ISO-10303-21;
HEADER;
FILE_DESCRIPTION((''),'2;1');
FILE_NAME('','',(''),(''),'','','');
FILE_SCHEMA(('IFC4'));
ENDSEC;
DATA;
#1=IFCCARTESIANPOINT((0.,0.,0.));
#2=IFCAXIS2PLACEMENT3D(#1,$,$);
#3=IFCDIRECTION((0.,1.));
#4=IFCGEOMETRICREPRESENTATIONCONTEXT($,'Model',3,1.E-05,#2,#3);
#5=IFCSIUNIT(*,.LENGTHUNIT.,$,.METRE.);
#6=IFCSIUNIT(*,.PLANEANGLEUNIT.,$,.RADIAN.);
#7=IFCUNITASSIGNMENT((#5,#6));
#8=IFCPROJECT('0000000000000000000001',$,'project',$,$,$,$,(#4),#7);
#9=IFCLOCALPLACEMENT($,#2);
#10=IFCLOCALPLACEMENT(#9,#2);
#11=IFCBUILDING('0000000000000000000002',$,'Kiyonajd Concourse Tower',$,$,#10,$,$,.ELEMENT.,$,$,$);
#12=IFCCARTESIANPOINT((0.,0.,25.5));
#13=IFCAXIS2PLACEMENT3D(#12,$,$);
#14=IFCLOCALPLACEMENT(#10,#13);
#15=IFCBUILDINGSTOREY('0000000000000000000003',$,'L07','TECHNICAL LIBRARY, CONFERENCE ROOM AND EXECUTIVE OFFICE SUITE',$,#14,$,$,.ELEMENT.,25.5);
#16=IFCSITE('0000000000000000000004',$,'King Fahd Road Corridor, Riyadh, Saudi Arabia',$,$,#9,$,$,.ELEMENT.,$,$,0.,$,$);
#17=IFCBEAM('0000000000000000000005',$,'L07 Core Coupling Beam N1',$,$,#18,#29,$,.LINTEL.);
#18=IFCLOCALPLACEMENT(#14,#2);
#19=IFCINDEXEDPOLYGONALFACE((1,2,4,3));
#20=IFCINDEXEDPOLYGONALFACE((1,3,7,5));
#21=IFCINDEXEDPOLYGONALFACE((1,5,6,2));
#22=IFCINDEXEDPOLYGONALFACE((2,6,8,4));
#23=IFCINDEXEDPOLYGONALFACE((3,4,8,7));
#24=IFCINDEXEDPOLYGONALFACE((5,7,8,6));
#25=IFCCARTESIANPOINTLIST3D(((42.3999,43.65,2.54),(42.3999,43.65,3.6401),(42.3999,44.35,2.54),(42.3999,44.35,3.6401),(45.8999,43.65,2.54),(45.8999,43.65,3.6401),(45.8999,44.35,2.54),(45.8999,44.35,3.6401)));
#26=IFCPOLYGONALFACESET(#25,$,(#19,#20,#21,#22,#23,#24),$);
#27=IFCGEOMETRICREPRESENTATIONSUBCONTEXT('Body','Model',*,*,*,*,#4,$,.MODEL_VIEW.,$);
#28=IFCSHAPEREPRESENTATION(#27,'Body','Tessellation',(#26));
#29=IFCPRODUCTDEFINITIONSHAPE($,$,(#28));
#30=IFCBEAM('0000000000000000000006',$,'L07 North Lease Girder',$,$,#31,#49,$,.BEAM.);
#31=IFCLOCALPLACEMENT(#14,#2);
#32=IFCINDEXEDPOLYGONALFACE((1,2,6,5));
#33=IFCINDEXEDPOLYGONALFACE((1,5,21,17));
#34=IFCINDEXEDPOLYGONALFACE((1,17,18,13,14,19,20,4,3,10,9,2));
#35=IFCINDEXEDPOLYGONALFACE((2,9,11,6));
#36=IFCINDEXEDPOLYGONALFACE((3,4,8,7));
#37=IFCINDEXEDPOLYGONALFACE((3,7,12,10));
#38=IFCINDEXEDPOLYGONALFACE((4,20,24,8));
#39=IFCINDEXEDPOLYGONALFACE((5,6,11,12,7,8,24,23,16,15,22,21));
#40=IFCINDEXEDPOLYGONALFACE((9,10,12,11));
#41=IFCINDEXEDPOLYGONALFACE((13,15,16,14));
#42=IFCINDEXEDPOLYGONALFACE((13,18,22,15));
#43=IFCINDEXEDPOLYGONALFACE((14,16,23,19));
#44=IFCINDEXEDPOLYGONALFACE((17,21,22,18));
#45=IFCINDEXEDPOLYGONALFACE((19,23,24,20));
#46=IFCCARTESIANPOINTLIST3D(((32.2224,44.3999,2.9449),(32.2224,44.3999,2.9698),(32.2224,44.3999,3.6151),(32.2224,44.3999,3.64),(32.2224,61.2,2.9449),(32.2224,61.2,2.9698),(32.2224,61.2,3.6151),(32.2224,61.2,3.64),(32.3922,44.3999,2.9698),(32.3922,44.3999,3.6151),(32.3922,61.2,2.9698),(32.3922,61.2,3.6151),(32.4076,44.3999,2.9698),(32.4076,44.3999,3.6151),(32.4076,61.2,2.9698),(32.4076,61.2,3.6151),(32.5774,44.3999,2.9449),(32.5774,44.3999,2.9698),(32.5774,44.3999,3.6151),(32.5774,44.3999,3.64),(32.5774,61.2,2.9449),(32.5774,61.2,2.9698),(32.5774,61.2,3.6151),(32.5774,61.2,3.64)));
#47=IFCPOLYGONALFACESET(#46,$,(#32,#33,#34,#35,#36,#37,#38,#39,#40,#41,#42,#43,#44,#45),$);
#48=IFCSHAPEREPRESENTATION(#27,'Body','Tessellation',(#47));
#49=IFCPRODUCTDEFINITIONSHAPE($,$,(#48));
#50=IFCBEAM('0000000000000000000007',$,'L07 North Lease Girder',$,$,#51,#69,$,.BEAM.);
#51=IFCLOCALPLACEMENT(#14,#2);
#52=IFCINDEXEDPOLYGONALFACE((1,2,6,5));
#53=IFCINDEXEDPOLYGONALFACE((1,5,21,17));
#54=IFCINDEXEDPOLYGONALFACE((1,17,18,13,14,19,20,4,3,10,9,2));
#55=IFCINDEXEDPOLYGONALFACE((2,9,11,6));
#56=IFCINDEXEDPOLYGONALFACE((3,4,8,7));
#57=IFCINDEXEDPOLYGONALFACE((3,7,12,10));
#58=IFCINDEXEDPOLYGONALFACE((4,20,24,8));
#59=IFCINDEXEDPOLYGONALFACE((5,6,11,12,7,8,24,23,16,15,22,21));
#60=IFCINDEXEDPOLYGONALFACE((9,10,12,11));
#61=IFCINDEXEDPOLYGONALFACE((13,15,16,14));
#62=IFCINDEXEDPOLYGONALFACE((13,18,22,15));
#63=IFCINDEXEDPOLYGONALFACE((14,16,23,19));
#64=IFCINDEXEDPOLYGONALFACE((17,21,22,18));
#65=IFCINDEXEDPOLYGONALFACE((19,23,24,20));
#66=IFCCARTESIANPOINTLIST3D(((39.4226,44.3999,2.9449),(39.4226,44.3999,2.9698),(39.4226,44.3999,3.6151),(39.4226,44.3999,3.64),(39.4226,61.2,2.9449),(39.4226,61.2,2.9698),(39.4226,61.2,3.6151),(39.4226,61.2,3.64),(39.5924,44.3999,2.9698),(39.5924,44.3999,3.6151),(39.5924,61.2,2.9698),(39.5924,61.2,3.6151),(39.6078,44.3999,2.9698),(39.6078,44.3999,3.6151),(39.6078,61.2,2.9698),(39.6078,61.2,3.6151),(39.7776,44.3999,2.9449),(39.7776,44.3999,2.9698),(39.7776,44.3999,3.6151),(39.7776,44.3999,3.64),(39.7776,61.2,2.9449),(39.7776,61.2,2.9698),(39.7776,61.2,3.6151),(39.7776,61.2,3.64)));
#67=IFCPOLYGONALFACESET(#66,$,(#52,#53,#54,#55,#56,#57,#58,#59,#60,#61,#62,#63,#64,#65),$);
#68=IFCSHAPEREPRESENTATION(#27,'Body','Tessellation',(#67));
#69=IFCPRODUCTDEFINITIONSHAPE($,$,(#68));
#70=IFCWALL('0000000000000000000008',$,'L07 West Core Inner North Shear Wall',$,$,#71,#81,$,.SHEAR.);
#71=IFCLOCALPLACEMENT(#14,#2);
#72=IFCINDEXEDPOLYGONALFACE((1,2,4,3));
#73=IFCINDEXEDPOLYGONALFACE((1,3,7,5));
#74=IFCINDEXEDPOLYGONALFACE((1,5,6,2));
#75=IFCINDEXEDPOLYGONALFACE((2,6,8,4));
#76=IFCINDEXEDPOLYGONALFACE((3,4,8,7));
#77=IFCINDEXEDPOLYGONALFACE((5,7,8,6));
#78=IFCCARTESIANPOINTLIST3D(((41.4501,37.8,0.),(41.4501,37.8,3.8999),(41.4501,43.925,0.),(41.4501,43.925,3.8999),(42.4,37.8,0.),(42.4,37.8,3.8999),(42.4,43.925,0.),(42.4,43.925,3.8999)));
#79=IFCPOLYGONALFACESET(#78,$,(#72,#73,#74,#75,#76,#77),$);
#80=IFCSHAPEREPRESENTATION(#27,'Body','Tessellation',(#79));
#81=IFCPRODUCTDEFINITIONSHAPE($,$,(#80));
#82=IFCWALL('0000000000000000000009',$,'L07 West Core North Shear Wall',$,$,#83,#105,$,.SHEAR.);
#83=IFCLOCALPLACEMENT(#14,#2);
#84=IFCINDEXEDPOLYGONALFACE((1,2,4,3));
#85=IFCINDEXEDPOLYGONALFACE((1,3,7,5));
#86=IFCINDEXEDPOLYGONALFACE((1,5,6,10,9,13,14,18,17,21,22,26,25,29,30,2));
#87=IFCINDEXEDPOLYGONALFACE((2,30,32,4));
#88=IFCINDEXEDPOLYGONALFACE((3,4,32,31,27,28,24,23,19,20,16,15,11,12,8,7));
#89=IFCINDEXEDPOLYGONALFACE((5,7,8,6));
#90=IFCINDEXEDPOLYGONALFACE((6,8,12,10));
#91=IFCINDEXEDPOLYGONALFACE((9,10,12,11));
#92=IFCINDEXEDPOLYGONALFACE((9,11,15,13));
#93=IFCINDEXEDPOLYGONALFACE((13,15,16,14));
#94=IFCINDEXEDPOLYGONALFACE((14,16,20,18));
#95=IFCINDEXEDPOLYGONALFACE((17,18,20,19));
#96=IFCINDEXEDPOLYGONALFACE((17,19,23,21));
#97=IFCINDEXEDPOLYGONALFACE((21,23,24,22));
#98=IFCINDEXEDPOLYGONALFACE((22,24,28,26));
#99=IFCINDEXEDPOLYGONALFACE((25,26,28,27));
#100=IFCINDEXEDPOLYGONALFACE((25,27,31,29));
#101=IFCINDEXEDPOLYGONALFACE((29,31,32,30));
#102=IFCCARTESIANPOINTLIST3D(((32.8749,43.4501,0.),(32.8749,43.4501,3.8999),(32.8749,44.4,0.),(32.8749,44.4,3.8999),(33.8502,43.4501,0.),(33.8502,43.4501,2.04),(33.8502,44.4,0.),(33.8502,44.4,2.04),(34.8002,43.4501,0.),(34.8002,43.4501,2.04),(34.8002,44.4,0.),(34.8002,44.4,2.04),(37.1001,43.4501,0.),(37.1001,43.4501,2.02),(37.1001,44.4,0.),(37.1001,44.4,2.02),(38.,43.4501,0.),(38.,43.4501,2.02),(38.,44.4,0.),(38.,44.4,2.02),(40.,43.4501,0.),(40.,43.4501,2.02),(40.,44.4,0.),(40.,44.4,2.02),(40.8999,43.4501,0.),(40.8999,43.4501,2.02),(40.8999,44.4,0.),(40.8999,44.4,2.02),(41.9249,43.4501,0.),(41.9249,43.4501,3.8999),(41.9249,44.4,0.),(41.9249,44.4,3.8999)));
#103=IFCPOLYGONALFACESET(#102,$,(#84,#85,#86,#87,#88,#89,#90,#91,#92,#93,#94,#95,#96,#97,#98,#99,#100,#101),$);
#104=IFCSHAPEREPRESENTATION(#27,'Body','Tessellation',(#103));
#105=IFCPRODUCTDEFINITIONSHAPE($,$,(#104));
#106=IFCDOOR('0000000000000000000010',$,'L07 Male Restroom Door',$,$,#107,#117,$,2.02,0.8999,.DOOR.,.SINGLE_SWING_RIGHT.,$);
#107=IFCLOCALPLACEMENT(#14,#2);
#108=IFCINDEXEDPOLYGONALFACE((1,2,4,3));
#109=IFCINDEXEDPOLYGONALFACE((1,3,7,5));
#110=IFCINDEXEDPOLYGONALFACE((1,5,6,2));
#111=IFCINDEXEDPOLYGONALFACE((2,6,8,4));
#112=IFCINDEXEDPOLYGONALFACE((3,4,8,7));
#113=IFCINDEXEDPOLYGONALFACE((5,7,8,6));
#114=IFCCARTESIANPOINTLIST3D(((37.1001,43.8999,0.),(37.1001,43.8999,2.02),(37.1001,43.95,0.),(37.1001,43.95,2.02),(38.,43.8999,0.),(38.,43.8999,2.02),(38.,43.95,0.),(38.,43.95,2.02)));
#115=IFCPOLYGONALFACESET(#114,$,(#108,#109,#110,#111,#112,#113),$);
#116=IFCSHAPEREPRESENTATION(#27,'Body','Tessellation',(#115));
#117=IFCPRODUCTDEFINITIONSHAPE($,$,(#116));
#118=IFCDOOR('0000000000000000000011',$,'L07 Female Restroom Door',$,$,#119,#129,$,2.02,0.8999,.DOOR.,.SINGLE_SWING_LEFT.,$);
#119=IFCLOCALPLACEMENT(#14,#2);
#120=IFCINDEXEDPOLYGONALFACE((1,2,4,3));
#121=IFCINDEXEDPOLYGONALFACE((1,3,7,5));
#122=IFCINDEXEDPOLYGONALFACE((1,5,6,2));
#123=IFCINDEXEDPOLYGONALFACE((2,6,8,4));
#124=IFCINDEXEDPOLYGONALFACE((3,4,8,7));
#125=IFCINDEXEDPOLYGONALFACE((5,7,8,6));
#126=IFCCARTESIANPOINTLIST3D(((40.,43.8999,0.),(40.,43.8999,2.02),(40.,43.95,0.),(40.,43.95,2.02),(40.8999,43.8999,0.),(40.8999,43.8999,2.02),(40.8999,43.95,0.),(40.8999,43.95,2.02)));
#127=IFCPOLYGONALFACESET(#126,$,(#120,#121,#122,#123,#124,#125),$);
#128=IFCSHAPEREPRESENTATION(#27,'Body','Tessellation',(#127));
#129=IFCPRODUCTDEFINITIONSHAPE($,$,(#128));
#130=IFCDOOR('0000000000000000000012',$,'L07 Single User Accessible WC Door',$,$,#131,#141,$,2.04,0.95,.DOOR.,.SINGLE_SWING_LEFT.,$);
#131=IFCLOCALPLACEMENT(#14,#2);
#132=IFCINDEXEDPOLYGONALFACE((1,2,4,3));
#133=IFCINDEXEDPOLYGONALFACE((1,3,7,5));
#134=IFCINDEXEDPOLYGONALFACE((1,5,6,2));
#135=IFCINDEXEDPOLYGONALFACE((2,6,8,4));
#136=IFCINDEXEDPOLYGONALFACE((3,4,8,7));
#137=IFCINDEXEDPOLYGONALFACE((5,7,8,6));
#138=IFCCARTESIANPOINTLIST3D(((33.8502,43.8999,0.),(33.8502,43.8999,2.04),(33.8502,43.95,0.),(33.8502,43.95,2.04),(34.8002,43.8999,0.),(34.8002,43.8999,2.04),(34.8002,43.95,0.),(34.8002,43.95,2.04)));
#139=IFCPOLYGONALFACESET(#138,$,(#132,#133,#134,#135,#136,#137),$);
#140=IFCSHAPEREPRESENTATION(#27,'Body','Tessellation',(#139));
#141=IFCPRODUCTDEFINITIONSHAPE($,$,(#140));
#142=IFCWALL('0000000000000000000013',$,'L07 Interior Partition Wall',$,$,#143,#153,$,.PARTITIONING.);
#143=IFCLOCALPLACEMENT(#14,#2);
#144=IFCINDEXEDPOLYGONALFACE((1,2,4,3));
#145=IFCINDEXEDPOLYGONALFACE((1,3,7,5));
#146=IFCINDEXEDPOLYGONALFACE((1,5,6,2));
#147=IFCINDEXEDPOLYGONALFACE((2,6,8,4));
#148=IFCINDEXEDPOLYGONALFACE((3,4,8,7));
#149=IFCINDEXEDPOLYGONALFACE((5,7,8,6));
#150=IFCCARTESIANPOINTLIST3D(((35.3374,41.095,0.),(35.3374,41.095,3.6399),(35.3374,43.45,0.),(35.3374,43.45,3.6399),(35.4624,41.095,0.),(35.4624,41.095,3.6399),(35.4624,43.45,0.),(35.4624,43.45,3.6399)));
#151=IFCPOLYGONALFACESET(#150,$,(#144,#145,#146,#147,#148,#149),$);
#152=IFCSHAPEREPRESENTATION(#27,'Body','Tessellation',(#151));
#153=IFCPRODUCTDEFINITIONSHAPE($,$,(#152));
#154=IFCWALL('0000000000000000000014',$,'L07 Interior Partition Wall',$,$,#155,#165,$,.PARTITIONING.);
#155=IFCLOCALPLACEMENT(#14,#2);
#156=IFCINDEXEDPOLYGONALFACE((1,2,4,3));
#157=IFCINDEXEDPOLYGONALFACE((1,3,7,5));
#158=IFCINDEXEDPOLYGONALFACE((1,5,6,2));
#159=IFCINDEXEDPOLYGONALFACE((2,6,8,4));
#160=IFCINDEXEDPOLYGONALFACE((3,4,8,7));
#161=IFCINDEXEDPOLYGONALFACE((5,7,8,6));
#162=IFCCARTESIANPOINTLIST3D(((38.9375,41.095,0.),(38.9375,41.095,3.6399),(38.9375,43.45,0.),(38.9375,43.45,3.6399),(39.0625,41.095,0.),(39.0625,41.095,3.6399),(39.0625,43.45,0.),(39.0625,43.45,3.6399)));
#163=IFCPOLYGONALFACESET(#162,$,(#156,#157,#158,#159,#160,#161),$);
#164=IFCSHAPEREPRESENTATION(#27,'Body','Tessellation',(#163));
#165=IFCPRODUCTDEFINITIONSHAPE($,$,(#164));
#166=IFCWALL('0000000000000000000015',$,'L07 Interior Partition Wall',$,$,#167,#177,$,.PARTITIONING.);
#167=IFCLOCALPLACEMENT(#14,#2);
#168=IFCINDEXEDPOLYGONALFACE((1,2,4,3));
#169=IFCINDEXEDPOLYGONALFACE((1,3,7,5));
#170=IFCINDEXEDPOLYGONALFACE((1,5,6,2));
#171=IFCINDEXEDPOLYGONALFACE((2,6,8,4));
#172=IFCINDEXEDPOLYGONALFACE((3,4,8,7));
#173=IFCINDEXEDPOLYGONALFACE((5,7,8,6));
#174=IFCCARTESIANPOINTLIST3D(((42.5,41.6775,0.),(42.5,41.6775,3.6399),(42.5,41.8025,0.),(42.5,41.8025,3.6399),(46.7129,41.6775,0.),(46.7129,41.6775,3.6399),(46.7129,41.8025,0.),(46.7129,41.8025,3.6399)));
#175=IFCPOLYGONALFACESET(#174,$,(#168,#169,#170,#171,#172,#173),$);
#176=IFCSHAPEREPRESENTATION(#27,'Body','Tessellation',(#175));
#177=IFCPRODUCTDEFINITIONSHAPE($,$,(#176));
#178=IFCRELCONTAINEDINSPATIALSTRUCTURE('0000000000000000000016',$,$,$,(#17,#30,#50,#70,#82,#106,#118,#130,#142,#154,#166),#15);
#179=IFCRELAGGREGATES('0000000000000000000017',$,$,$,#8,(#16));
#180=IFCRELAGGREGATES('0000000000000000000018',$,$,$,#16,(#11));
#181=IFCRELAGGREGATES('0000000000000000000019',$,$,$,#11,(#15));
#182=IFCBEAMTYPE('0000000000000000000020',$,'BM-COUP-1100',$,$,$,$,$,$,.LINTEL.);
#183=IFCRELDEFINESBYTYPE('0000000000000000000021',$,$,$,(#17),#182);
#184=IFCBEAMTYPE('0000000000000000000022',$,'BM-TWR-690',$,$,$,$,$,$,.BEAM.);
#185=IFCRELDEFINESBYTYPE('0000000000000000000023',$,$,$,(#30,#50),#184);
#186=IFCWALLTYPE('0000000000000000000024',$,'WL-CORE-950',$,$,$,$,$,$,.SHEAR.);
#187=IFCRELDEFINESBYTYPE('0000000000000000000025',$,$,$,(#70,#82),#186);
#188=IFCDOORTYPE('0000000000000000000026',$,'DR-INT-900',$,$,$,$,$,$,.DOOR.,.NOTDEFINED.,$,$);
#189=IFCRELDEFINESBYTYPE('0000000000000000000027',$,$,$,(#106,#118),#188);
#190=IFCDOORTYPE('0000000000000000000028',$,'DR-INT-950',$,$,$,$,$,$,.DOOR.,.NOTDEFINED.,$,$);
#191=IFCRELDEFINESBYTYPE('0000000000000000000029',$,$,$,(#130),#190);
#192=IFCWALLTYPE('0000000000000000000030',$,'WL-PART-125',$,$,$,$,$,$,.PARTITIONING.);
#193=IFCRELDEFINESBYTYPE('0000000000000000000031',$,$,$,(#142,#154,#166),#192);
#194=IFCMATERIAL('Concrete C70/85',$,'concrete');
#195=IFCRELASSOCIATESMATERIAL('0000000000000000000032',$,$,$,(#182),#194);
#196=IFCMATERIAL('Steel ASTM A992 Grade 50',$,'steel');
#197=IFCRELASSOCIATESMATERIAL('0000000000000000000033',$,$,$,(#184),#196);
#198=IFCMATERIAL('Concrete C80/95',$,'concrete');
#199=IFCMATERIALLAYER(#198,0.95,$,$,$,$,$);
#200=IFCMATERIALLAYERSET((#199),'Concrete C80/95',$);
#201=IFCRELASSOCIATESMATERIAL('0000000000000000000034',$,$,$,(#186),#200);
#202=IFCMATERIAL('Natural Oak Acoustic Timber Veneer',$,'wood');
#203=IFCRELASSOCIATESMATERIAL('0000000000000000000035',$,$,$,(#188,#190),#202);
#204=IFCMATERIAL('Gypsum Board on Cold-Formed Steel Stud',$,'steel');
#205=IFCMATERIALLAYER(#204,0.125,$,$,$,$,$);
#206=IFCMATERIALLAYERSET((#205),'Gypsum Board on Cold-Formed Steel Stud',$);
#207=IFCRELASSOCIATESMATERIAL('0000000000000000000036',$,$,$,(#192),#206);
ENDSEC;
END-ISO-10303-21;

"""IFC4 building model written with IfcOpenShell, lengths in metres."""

from ifc_helpers import new_model, si_unit, direction, frame, frame_2d, origin, origin_2d, place, context, subcontext, project, spatial, rectangle, i_section, extrude, material, layer, layer_set, material_profile, profile_set, type_object, element, fill, save


model = new_model("IFC4")

# Units and contexts
model_context = context("Model", 3, precision=1e-05, world=origin(), true_north=direction((0.0, 1.0)))
body_context = subcontext(model_context, "Body", "Model", "MODEL_VIEW")
ifc_project = project(units=[si_unit("LENGTHUNIT", "METRE"), si_unit("PLANEANGLEUNIT", "RADIAN")], contexts=[model_context])

# Site, building, storey
site_placement = place(None, origin())
site = spatial("IfcSite", under=ifc_project, at=site_placement, Name="King Fahd Road Corridor, Riyadh, Saudi Arabia", CompositionType="ELEMENT", RefElevation=0.0)
building_placement = place(site_placement, origin())
building = spatial("IfcBuilding", under=site, at=building_placement, Name="Kiyonajd Concourse Tower", CompositionType="ELEMENT")
storey_placement = place(building_placement, frame((0.0, 0.0, 25.5)))
storey = spatial("IfcBuildingStorey", under=building, at=storey_placement, Name="L07", Description="TECHNICAL LIBRARY, CONFERENCE ROOM AND EXECUTIVE OFFICE SUITE", CompositionType="ELEMENT", Elevation=25.5)

# Beams
ifc_material_1 = material(Name="Concrete C70/85", Category="concrete")
ifc_material_profile_1 = material_profile(ifc_material_1, rectangle(XDim=0.7, YDim=1.1001, at=origin_2d()), Name="RCBM-700x1100")
ifc_profile_set_1 = profile_set([ifc_material_profile_1], Name="Concrete C70/85")
beam_type_1 = type_object("IfcBeamType", Name="BM-COUP-1100", PredefinedType="LINTEL", material=ifc_profile_set_1)
beam_placement = place(storey_placement, frame((42.3999, 44.0, 3.0901), z_axis=(1.0, 0.0, 0.0), x_axis=(0.0, 1.0, 0.0)))
element("IfcBeam", 1, at=beam_placement, inside=storey, type_object=beam_type_1, Name="L07 Core Coupling Beam N1", PredefinedType="LINTEL", context=body_context, shape_type="SweptSolid", body=[
    extrude(rectangle(XDim=0.7, YDim=1.1001, at=origin_2d()), origin(), (0.0, 0.0, 1.0), 3.5),
])
ifc_material_2 = material(Name="Steel ASTM A992 Grade 50", Category="steel")
ifc_material_profile_2 = material_profile(ifc_material_2, i_section(OverallWidth=0.355, OverallDepth=0.6951, WebThickness=0.0154, FlangeThickness=0.0249, at=origin_2d()), Name="W690X217")
ifc_profile_set_2 = profile_set([ifc_material_profile_2], Name="Steel ASTM A992 Grade 50")
beam_type_2 = type_object("IfcBeamType", Name="BM-TWR-690", PredefinedType="BEAM", material=ifc_profile_set_2)
for number, where, z_axis, x_axis, name in (
    (2, (32.3999, 44.3999, 3.2925), (0.0, 1.0, 0.0), (-1.0, 0.0, 0.0), "L07 North Lease Girder"),
    (3, (39.6001, 44.3999, 3.2925), (0.0, 1.0, 0.0), (-1.0, 0.0, 0.0), "L07 North Lease Girder"),
):
    element("IfcBeam", number, at=place(storey_placement, frame(where, z_axis=z_axis, x_axis=x_axis)), inside=storey, type_object=beam_type_2, Name=name, PredefinedType="BEAM", context=body_context, shape_type="SweptSolid", body=[
        extrude(i_section(OverallWidth=0.355, OverallDepth=0.6951, WebThickness=0.0154, FlangeThickness=0.0249, at=origin_2d()), origin(), (0.0, 0.0, 1.0), 16.8),
    ])

# Wall
ifc_material_3 = material(Name="Concrete C80/95", Category="concrete")
ifc_layer_1 = layer(ifc_material_3, 0.95)
ifc_layer_set_1 = layer_set([ifc_layer_1], Name="Concrete C80/95")
wall_type_1 = type_object("IfcWallType", Name="WL-CORE-950", PredefinedType="SHEAR", material=ifc_layer_set_1)
wall_1_placement = place(storey_placement, frame((41.925, 37.8, 0.0), z_axis=(0.0, 0.0, 1.0), x_axis=(0.0, 1.0, 0.0)))
element("IfcWall", 4, at=wall_1_placement, inside=storey, type_object=wall_type_1, Name="L07 West Core Inner North Shear Wall", PredefinedType="SHEAR", context=body_context, shape_type="SweptSolid", body=[
    extrude(rectangle(XDim=6.125, YDim=0.95, at=frame_2d((3.0625, 0.0))), origin(), (0.0, 0.0, 1.0), 3.8999),
])

# Wall, openings, doors
wall_2_placement = place(storey_placement, frame((32.875, 43.925, 0.0), z_axis=(0.0, 0.0, 1.0), x_axis=(1.0, 0.0, 0.0)))
wall_2 = element("IfcWall", 5, at=wall_2_placement, inside=storey, type_object=wall_type_1, Name="L07 West Core North Shear Wall", PredefinedType="SHEAR", context=body_context, shape_type="SweptSolid", body=[
    extrude(rectangle(XDim=9.05, YDim=0.95, at=frame_2d((4.5249, 0.0))), origin(), (0.0, 0.0, 1.0), 3.8999),
])
opening_1_placement = place(wall_2_placement, frame((0.9751, 0.0, 0.0)))
opening_1 = element("IfcOpeningElement", 6, at=opening_1_placement, cuts=wall_2, PredefinedType="OPENING", context=body_context, shape_type="SweptSolid", body=[
    extrude(rectangle(XDim=0.95, YDim=2.04, at=frame_2d((0.4751, 1.02))), frame((0.0, 0.4849, 0.0), z_axis=(0.0, -1.0, 0.0), x_axis=(1.0, 0.0, 0.0)), (0.0, 0.0, 1.0), 0.97),
])
opening_2_placement = place(wall_2_placement, frame((4.2251, 0.0, 0.0)))
opening_2 = element("IfcOpeningElement", 7, at=opening_2_placement, cuts=wall_2, PredefinedType="OPENING", context=body_context, shape_type="SweptSolid", body=[
    extrude(rectangle(XDim=0.8999, YDim=2.02, at=frame_2d((0.45, 1.01))), frame((0.0, 0.4849, 0.0), z_axis=(0.0, -1.0, 0.0), x_axis=(1.0, 0.0, 0.0)), (0.0, 0.0, 1.0), 0.97),
])
opening_3_placement = place(wall_2_placement, frame((7.125, 0.0, 0.0)))
opening_3 = element("IfcOpeningElement", 8, at=opening_3_placement, cuts=wall_2, PredefinedType="OPENING", context=body_context, shape_type="SweptSolid", body=[
    extrude(rectangle(XDim=0.8999, YDim=2.02, at=frame_2d((0.45, 1.01))), frame((0.0, 0.4849, 0.0), z_axis=(0.0, -1.0, 0.0), x_axis=(1.0, 0.0, 0.0)), (0.0, 0.0, 1.0), 0.97),
])
ifc_material_4 = material(Name="Natural Oak Acoustic Timber Veneer", Category="wood")
door_type_1 = type_object("IfcDoorType", Name="DR-INT-900", OperationType="NOTDEFINED", PredefinedType="DOOR", material=ifc_material_4)
door_1_placement = place(opening_2_placement, origin())
door_1 = element("IfcDoor", 9, at=door_1_placement, inside=storey, type_object=door_type_1, Name="L07 Male Restroom Door", OperationType="SINGLE_SWING_RIGHT", OverallHeight=2.02, OverallWidth=0.8999, PredefinedType="DOOR", context=body_context, shape_type="SweptSolid", body=[
    extrude(rectangle(XDim=0.8999, YDim=2.02, at=frame_2d((0.45, 1.01))), frame((0.0, 0.0249, 0.0), z_axis=(0.0, -1.0, 0.0), x_axis=(1.0, 0.0, 0.0)), (0.0, 0.0, 1.0), 0.05),
])
fill(opening_2, door_1)
door_2_placement = place(opening_3_placement, origin())
door_2 = element("IfcDoor", 10, at=door_2_placement, inside=storey, type_object=door_type_1, Name="L07 Female Restroom Door", OperationType="SINGLE_SWING_LEFT", OverallHeight=2.02, OverallWidth=0.8999, PredefinedType="DOOR", context=body_context, shape_type="SweptSolid", body=[
    extrude(rectangle(XDim=0.8999, YDim=2.02, at=frame_2d((0.45, 1.01))), frame((0.0, 0.0249, 0.0), z_axis=(0.0, -1.0, 0.0), x_axis=(1.0, 0.0, 0.0)), (0.0, 0.0, 1.0), 0.05),
])
fill(opening_3, door_2)
door_type_2 = type_object("IfcDoorType", Name="DR-INT-950", OperationType="NOTDEFINED", PredefinedType="DOOR", material=ifc_material_4)
door_3_placement = place(opening_1_placement, origin())
door_3 = element("IfcDoor", 11, at=door_3_placement, inside=storey, type_object=door_type_2, Name="L07 Single User Accessible WC Door", OperationType="SINGLE_SWING_LEFT", OverallHeight=2.04, OverallWidth=0.95, PredefinedType="DOOR", context=body_context, shape_type="SweptSolid", body=[
    extrude(rectangle(XDim=0.95, YDim=2.04, at=frame_2d((0.4751, 1.02))), frame((0.0, 0.0249, 0.0), z_axis=(0.0, -1.0, 0.0), x_axis=(1.0, 0.0, 0.0)), (0.0, 0.0, 1.0), 0.05),
])
fill(opening_1, door_3)

# Walls
ifc_material_5 = material(Name="Gypsum Board on Cold-Formed Steel Stud", Category="steel")
ifc_layer_2 = layer(ifc_material_5, 0.125)
ifc_layer_set_2 = layer_set([ifc_layer_2], Name="Gypsum Board on Cold-Formed Steel Stud")
wall_type_2 = type_object("IfcWallType", Name="WL-PART-125", PredefinedType="PARTITIONING", material=ifc_layer_set_2)
for number, where, z_axis, x_axis, name in (
    (12, (35.3999, 41.095, 0.0), (0.0, 0.0, 1.0), (0.0, 1.0, 0.0), "L07 Interior Partition Wall"),
    (13, (39.0, 41.095, 0.0), (0.0, 0.0, 1.0), (0.0, 1.0, 0.0), "L07 Interior Partition Wall"),
):
    element("IfcWall", number, at=place(storey_placement, frame(where, z_axis=z_axis, x_axis=x_axis)), inside=storey, type_object=wall_type_2, Name=name, PredefinedType="PARTITIONING", context=body_context, shape_type="SweptSolid", body=[
        extrude(rectangle(XDim=2.355, YDim=0.125, at=frame_2d((1.1775, 0.0))), origin(), (0.0, 0.0, 1.0), 3.6399),
    ])
wall_3_placement = place(storey_placement, frame((42.5, 41.74, 0.0), z_axis=(0.0, 0.0, 1.0), x_axis=(1.0, 0.0, 0.0)))
element("IfcWall", 14, at=wall_3_placement, inside=storey, type_object=wall_type_2, Name="L07 Interior Partition Wall", PredefinedType="PARTITIONING", context=body_context, shape_type="SweptSolid", body=[
    extrude(rectangle(XDim=4.2129, YDim=0.125, at=frame_2d((2.1064, 0.0))), origin(), (0.0, 0.0, 1.0), 3.6399),
])

save(model, "model.ifc")
